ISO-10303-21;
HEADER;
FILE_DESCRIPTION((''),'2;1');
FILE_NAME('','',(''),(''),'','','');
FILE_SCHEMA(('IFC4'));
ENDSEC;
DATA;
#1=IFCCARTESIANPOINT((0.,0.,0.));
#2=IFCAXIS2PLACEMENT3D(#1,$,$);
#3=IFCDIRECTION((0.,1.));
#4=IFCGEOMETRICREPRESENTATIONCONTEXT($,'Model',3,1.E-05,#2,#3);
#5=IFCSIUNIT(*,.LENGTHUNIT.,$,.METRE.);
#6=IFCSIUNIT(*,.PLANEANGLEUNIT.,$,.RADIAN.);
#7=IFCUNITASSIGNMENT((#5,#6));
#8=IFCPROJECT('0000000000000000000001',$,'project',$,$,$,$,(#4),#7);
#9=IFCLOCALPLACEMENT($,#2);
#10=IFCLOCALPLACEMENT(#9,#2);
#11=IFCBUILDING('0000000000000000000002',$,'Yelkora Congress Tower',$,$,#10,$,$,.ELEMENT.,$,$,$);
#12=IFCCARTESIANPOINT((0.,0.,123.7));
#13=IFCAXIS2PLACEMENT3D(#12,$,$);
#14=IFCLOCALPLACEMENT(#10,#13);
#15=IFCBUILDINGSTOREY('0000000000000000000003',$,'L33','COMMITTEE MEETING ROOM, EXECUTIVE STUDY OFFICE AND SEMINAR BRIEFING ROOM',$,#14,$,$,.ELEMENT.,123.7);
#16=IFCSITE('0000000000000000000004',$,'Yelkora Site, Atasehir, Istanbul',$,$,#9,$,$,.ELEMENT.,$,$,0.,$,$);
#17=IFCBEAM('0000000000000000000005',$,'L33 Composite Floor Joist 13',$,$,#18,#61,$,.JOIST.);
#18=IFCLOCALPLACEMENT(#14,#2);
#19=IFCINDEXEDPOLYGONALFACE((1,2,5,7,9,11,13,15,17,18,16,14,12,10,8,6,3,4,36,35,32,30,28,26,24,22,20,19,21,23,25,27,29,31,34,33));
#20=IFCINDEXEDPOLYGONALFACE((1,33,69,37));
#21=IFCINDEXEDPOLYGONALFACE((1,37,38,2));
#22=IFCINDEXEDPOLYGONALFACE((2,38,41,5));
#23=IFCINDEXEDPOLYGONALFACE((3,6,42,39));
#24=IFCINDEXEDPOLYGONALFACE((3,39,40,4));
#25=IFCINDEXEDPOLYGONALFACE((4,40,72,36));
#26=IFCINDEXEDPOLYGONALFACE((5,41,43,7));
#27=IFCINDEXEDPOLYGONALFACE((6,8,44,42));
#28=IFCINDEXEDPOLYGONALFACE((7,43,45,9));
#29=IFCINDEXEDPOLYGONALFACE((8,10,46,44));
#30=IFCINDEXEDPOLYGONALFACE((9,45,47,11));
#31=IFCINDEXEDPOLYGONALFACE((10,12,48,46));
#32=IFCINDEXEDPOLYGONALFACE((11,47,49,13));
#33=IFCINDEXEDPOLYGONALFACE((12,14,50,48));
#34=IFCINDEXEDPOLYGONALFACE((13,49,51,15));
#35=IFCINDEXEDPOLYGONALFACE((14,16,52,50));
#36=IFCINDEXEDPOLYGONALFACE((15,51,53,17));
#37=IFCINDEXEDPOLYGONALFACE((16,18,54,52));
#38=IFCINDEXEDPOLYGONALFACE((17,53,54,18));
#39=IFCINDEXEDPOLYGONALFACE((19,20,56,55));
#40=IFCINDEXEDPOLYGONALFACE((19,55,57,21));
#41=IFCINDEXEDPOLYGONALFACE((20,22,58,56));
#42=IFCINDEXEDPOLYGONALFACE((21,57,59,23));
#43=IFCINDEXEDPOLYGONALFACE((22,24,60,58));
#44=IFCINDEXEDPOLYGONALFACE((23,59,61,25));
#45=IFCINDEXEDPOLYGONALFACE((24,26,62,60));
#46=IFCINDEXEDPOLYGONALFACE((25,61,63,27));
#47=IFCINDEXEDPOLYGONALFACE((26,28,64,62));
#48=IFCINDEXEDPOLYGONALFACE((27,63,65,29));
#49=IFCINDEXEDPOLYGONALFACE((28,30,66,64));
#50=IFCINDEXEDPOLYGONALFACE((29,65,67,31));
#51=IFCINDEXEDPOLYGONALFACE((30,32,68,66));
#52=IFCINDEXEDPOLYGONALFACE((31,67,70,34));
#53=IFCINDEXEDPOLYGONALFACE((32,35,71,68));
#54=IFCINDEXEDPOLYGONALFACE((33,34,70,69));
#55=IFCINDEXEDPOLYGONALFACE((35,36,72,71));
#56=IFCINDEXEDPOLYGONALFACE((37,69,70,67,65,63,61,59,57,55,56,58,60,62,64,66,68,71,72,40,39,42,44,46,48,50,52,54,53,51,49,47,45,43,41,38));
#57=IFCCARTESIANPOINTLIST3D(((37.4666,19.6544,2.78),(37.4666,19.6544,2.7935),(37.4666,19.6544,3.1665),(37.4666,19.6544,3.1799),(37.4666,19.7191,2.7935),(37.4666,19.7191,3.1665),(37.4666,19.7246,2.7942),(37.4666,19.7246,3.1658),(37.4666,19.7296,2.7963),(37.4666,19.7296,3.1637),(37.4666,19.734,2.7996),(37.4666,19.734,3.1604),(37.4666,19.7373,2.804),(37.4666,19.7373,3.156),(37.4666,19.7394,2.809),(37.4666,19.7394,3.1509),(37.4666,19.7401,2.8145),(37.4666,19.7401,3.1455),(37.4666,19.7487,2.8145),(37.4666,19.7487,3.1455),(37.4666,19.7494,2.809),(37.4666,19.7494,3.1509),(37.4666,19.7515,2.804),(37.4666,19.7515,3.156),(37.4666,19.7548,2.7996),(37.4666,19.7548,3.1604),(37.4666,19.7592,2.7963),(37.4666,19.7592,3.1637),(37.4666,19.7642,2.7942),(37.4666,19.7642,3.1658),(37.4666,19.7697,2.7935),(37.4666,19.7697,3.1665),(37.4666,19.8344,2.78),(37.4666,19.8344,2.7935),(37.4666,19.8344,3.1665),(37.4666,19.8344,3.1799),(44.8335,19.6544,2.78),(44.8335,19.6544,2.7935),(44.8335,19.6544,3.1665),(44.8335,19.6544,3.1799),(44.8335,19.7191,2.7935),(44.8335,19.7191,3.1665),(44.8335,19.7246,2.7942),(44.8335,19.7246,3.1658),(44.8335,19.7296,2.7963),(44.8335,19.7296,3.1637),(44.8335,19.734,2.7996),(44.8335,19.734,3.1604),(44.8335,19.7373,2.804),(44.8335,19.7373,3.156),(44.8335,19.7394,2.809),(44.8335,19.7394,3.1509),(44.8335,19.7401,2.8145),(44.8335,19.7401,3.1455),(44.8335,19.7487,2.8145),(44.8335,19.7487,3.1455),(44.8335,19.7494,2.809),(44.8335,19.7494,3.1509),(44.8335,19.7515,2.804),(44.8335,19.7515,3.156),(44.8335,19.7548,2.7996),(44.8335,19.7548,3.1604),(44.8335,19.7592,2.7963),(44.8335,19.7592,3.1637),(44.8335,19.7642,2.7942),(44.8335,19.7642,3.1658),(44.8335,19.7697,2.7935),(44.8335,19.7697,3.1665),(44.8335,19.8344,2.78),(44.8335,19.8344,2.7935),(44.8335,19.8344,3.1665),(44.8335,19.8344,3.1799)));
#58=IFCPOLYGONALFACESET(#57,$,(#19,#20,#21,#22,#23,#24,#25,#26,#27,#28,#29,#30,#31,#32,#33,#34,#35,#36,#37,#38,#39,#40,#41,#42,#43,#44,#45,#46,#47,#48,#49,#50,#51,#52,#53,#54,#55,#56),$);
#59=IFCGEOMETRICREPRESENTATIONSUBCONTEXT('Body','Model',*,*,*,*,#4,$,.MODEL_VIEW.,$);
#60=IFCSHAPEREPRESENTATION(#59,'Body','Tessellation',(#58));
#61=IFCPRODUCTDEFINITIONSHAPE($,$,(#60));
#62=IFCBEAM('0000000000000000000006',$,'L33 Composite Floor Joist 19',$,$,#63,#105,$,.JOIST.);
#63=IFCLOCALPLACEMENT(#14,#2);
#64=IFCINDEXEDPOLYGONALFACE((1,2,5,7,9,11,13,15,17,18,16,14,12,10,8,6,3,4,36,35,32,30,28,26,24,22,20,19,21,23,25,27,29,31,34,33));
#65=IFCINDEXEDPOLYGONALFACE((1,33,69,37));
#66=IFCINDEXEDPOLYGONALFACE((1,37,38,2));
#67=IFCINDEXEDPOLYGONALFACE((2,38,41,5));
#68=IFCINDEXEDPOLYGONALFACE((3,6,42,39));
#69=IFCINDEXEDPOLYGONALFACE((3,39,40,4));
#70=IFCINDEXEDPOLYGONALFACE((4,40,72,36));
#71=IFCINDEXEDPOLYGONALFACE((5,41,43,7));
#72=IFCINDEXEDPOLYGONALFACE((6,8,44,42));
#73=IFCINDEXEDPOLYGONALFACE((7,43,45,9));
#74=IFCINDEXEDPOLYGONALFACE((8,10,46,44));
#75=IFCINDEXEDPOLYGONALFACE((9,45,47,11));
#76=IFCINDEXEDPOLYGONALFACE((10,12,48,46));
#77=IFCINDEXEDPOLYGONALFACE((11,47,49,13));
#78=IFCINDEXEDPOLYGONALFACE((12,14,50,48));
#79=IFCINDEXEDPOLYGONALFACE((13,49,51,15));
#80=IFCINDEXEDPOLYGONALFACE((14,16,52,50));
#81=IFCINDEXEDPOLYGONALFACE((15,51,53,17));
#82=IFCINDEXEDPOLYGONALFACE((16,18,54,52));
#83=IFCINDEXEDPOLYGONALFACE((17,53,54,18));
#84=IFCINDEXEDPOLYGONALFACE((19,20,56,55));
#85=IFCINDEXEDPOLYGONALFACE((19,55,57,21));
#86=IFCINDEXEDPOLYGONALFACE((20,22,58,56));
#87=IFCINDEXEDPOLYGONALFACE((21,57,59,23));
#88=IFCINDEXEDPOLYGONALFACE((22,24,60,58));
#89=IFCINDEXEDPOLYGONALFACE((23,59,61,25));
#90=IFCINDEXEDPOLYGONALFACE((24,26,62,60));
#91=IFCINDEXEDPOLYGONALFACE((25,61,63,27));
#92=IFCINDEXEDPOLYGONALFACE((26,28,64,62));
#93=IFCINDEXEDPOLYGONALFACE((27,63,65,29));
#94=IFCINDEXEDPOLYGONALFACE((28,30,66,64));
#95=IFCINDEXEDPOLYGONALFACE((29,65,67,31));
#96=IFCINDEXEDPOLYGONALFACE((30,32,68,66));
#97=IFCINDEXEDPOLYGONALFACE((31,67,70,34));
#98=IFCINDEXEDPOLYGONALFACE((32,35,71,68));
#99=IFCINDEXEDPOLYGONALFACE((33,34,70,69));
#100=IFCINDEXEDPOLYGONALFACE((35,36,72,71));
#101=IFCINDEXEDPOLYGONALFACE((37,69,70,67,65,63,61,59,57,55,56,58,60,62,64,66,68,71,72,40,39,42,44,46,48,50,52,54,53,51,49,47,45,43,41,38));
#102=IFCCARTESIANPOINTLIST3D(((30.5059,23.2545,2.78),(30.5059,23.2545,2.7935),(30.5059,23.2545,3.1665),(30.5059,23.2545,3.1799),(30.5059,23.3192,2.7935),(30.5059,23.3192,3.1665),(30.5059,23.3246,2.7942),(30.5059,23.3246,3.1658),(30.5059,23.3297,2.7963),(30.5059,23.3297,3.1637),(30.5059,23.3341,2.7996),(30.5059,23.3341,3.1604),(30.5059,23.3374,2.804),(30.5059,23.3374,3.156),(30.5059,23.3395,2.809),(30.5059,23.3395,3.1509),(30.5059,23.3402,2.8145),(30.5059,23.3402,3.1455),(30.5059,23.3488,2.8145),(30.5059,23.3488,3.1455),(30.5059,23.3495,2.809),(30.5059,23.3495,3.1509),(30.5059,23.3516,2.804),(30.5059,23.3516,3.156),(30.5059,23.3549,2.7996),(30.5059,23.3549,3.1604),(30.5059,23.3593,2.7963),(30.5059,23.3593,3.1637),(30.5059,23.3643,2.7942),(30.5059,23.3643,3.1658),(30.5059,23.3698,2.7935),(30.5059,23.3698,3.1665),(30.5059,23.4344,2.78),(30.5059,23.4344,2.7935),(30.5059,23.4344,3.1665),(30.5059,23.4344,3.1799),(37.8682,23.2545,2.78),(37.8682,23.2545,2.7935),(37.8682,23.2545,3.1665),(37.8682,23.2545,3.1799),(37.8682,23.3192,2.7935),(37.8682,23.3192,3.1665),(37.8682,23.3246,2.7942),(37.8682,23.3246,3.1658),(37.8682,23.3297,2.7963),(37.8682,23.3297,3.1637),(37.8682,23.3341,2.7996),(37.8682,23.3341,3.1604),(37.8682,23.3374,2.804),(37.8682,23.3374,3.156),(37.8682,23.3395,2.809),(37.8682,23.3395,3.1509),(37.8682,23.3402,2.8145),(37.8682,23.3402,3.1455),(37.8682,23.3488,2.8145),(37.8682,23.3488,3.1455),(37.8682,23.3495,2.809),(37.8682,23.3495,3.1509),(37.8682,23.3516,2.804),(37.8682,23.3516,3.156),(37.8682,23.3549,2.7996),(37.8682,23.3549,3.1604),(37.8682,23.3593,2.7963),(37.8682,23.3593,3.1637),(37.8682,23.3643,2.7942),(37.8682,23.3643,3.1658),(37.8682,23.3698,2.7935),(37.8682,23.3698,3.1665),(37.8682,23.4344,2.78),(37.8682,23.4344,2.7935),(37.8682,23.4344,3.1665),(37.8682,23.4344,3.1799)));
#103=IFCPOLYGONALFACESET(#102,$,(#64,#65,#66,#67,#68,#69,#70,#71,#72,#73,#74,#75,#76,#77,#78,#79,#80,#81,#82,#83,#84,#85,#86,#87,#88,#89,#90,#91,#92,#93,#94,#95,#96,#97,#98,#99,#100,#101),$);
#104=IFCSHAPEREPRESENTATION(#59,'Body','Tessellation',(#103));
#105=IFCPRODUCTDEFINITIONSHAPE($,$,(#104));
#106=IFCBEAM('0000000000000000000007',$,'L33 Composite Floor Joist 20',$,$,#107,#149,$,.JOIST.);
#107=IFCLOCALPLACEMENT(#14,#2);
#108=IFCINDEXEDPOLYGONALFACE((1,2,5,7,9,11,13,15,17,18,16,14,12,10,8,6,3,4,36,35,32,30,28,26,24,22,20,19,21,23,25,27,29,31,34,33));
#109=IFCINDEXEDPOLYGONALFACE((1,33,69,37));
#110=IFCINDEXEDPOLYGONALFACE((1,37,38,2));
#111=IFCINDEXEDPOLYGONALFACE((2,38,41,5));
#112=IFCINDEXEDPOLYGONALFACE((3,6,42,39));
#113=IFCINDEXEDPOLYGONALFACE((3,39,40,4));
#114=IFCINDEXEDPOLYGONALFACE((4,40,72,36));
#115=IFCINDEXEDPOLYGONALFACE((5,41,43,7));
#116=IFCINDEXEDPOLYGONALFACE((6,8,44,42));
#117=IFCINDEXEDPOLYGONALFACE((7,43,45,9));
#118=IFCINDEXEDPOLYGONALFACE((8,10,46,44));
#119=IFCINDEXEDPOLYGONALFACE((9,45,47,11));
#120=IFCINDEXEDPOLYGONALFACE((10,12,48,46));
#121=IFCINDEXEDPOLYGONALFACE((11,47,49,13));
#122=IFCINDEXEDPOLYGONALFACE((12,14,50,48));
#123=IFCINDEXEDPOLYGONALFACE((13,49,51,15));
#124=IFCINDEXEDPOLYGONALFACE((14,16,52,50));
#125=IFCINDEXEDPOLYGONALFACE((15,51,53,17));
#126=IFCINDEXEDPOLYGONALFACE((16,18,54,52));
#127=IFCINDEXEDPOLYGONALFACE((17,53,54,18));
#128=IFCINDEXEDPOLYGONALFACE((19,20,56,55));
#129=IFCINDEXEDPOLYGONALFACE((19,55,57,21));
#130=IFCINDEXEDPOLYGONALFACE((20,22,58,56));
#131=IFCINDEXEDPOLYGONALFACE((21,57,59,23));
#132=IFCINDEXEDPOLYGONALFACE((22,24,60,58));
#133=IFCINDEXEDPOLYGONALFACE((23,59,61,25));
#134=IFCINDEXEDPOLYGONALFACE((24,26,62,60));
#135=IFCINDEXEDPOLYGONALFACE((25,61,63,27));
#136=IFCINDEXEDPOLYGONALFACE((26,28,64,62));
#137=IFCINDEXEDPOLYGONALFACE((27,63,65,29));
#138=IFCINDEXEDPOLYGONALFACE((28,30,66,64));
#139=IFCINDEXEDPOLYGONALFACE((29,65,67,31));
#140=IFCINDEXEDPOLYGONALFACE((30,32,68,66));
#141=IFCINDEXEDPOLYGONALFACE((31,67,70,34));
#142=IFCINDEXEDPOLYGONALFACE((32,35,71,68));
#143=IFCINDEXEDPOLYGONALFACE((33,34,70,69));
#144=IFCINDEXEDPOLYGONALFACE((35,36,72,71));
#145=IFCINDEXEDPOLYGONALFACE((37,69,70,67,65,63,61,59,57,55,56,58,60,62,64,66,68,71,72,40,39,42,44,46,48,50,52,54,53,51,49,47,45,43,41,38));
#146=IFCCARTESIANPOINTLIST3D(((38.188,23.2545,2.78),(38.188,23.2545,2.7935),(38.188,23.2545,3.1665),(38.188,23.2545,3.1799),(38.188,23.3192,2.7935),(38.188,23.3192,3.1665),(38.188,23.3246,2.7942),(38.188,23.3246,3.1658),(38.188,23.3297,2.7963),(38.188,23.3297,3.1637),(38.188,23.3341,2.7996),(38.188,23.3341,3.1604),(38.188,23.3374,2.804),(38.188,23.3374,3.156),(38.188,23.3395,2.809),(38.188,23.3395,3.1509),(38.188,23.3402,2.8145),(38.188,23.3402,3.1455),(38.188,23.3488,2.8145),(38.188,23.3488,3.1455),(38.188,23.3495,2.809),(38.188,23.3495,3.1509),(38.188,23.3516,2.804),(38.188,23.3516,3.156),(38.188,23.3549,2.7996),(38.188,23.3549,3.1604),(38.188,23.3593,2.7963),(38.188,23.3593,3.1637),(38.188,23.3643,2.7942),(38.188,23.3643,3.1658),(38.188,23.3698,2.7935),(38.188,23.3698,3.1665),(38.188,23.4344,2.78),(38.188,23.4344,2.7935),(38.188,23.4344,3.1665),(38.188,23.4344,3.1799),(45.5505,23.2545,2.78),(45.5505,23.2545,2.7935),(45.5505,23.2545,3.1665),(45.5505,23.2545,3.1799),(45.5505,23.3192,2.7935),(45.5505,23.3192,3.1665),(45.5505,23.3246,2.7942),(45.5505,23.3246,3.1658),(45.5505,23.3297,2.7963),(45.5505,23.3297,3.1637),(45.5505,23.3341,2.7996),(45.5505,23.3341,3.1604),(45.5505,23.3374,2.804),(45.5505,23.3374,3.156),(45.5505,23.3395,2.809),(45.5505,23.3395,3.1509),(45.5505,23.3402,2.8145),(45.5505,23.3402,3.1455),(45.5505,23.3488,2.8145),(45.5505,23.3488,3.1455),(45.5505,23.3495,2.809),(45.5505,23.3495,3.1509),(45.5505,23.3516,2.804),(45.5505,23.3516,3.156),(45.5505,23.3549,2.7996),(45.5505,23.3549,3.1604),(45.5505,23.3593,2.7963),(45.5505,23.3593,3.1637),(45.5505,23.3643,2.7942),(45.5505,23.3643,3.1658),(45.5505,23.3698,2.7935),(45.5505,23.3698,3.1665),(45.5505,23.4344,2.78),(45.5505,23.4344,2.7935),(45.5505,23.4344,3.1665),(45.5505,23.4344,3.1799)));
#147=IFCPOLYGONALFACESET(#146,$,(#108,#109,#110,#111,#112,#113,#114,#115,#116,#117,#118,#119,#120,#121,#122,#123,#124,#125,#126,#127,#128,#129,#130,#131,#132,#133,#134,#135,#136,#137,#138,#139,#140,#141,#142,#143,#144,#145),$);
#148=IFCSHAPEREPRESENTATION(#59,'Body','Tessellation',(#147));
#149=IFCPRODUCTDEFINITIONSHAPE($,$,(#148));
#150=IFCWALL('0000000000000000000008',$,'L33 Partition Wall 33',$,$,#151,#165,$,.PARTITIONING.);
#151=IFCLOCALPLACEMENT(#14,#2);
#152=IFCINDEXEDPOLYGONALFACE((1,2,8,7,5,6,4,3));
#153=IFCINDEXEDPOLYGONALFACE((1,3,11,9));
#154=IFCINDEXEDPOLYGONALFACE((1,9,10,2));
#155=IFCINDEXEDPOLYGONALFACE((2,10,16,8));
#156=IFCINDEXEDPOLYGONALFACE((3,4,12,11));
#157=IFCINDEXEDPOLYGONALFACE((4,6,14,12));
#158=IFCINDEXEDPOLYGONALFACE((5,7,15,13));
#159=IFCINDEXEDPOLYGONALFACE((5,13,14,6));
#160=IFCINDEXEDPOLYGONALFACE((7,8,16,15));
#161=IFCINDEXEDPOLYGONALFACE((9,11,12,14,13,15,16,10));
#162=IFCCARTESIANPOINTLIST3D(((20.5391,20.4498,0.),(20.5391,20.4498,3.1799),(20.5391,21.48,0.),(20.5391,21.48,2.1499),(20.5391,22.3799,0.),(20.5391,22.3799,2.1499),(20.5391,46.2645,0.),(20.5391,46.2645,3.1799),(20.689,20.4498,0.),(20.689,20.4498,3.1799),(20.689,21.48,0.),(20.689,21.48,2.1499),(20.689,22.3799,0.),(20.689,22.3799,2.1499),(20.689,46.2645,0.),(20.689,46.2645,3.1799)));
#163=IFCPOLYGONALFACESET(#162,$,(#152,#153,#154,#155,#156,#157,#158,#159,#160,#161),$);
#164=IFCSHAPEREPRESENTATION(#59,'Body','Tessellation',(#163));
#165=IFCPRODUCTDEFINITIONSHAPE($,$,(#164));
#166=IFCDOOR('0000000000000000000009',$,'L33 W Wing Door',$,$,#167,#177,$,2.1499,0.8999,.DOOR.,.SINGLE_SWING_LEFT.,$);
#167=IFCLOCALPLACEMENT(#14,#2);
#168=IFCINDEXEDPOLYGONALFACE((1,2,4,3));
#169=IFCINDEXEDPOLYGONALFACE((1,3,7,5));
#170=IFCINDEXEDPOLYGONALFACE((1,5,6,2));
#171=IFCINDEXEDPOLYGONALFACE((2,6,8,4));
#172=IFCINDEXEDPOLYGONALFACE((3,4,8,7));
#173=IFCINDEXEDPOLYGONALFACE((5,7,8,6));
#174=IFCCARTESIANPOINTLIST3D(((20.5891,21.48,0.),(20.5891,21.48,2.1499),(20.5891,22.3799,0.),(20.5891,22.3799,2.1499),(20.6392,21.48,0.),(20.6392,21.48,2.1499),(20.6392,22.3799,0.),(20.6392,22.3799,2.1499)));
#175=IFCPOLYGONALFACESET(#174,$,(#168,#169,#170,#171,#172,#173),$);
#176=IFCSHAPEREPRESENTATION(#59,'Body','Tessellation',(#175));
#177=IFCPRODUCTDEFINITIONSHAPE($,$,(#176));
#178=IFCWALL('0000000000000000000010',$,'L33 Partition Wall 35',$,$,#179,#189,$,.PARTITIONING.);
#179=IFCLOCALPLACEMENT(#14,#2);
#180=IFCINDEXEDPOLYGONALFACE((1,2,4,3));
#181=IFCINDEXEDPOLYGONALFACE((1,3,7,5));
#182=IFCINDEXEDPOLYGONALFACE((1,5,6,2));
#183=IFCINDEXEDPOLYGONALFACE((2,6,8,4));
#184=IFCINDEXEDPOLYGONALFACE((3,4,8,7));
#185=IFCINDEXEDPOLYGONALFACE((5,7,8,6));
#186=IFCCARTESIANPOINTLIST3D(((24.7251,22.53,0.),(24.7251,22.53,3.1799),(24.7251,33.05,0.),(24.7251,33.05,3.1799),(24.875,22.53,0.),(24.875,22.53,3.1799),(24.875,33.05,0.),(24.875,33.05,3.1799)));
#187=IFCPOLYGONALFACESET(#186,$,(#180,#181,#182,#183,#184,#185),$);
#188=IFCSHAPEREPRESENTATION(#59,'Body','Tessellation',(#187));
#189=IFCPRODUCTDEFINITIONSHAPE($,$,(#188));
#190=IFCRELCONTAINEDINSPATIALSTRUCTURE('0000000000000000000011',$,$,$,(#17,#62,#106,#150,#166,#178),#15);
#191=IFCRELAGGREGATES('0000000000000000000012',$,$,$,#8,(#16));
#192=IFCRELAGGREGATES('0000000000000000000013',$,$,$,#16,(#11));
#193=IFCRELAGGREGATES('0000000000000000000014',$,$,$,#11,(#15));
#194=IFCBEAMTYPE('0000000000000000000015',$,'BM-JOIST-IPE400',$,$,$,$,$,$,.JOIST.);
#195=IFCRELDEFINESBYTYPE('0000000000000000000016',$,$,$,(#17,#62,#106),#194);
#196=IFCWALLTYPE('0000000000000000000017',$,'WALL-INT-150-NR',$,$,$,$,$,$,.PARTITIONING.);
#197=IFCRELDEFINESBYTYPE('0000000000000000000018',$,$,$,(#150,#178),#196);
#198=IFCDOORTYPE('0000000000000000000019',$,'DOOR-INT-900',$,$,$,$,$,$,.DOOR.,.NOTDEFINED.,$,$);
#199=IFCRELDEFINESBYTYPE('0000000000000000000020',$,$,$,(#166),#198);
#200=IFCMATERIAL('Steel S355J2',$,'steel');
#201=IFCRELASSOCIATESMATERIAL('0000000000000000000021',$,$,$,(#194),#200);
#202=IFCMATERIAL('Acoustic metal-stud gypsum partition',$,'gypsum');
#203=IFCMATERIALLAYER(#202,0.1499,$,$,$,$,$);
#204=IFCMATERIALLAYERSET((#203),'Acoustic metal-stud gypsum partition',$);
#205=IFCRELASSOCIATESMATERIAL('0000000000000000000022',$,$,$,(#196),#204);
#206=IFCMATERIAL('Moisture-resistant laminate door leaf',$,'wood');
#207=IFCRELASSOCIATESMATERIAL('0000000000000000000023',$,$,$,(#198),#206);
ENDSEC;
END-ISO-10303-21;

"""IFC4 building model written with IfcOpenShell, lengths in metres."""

from ifc_helpers import new_model, si_unit, direction, frame, frame_2d, origin, origin_2d, place, context, subcontext, project, spatial, rectangle, i_section, extrude, material, layer, layer_set, material_profile, profile_set, type_object, element, fill, save


model = new_model("IFC4")

# Units and contexts
model_context = context("Model", 3, precision=1e-05, world=origin(), true_north=direction((0.0, 1.0)))
body_context = subcontext(model_context, "Body", "Model", "MODEL_VIEW")
ifc_project = project(units=[si_unit("LENGTHUNIT", "METRE"), si_unit("PLANEANGLEUNIT", "RADIAN")], contexts=[model_context])

# Site, building, storey
site_placement = place(None, origin())
site = spatial("IfcSite", under=ifc_project, at=site_placement, Name="Yelkora Site, Atasehir, Istanbul", CompositionType="ELEMENT", RefElevation=0.0)
building_placement = place(site_placement, origin())
building = spatial("IfcBuilding", under=site, at=building_placement, Name="Yelkora Congress Tower", CompositionType="ELEMENT")
storey_placement = place(building_placement, frame((0.0, 0.0, 123.7)))
storey = spatial("IfcBuildingStorey", under=building, at=storey_placement, Name="L33", Description="COMMITTEE MEETING ROOM, EXECUTIVE STUDY OFFICE AND SEMINAR BRIEFING ROOM", CompositionType="ELEMENT", Elevation=123.7)

# Beams
ifc_material_1 = material(Name="Steel S355J2", Category="steel")
ifc_material_profile_1 = material_profile(ifc_material_1, i_section(OverallWidth=0.1799, OverallDepth=0.3999, WebThickness=0.0085, FlangeThickness=0.0134, FilletRadius=0.021, at=origin_2d()), Name="IPE 400")
ifc_profile_set_1 = profile_set([ifc_material_profile_1], Name="Steel S355J2")
beam_type_1 = type_object("IfcBeamType", Name="BM-JOIST-IPE400", PredefinedType="JOIST", material=ifc_profile_set_1)
beam_1_placement = place(storey_placement, frame((37.4666, 19.7444, 2.98), z_axis=(1.0, 0.0, 0.0), x_axis=(0.0, 1.0, 0.0)))
element("IfcBeam", 1, at=beam_1_placement, inside=storey, type_object=beam_type_1, Name="L33 Composite Floor Joist 13", PredefinedType="JOIST", context=body_context, shape_type="SweptSolid", body=[
    extrude(i_section(OverallWidth=0.1799, OverallDepth=0.3999, WebThickness=0.0085, FlangeThickness=0.0134, FilletRadius=0.021, at=origin_2d()), origin(), (0.0, 0.0, 1.0), 7.3669),
])
beam_2_placement = place(storey_placement, frame((30.5059, 23.3445, 2.98), z_axis=(1.0, 0.0, 0.0), x_axis=(0.0, 1.0, 0.0)))
element("IfcBeam", 2, at=beam_2_placement, inside=storey, type_object=beam_type_1, Name="L33 Composite Floor Joist 19", PredefinedType="JOIST", context=body_context, shape_type="SweptSolid", body=[
    extrude(i_section(OverallWidth=0.1799, OverallDepth=0.3999, WebThickness=0.0085, FlangeThickness=0.0134, FilletRadius=0.021, at=origin_2d()), origin(), (0.0, 0.0, 1.0), 7.3623),
])
beam_3_placement = place(storey_placement, frame((38.188, 23.3445, 2.98), z_axis=(1.0, 0.0, 0.0), x_axis=(0.0, 1.0, 0.0)))
element("IfcBeam", 3, at=beam_3_placement, inside=storey, type_object=beam_type_1, Name="L33 Composite Floor Joist 20", PredefinedType="JOIST", context=body_context, shape_type="SweptSolid", body=[
    extrude(i_section(OverallWidth=0.1799, OverallDepth=0.3999, WebThickness=0.0085, FlangeThickness=0.0134, FilletRadius=0.021, at=origin_2d()), origin(), (0.0, 0.0, 1.0), 7.3625),
])

# Wall, opening, door
ifc_material_2 = material(Name="Acoustic metal-stud gypsum partition", Category="gypsum")
ifc_layer = layer(ifc_material_2, 0.1499)
ifc_layer_set = layer_set([ifc_layer], Name="Acoustic metal-stud gypsum partition")
wall_type = type_object("IfcWallType", Name="WALL-INT-150-NR", PredefinedType="PARTITIONING", material=ifc_layer_set)
wall_1_placement = place(storey_placement, frame((20.614, 20.45, 0.0), z_axis=(0.0, 0.0, 1.0), x_axis=(0.0, 1.0, 0.0)))
wall_1 = element("IfcWall", 4, at=wall_1_placement, inside=storey, type_object=wall_type, Name="L33 Partition Wall 33", PredefinedType="PARTITIONING", context=body_context, shape_type="SweptSolid", body=[
    extrude(rectangle(XDim=25.8147, YDim=0.1499, at=frame_2d((12.9072, 0.0))), origin(), (0.0, 0.0, 1.0), 3.1799),
])
opening_1_placement = place(wall_1_placement, frame((1.03, 0.0, 0.0)))
opening_1 = element("IfcOpeningElement", 5, at=opening_1_placement, cuts=wall_1, PredefinedType="OPENING", context=body_context, shape_type="SweptSolid", body=[
    extrude(rectangle(XDim=0.8999, YDim=2.1499, at=frame_2d((0.45, 1.075))), frame((0.0, 0.085, 0.0), z_axis=(0.0, -1.0, 0.0), x_axis=(1.0, 0.0, 0.0)), (0.0, 0.0, 1.0), 0.1699),
])
ifc_material_3 = material(Name="Moisture-resistant laminate door leaf", Category="wood")
door_type = type_object("IfcDoorType", Name="DOOR-INT-900", OperationType="NOTDEFINED", PredefinedType="DOOR", material=ifc_material_3)
door_1_placement = place(opening_1_placement, origin())
door_1 = element("IfcDoor", 6, at=door_1_placement, inside=storey, type_object=door_type, Name="L33 W Wing Door", OperationType="SINGLE_SWING_LEFT", OverallHeight=2.1499, OverallWidth=0.8999, PredefinedType="DOOR", context=body_context, shape_type="SweptSolid", body=[
    extrude(rectangle(XDim=0.8999, YDim=2.1499, at=frame_2d((0.45, 1.075))), frame((0.0, 0.0249, 0.0), z_axis=(0.0, -1.0, 0.0), x_axis=(1.0, 0.0, 0.0)), (0.0, 0.0, 1.0), 0.05),
])
fill(opening_1, door_1)

# Wall
for number, where, z_axis, x_axis, name in (
    (7, (24.8, 22.53, 0.0), (0.0, 0.0, 1.0), (0.0, 1.0, 0.0), "L33 Partition Wall 35"),
):
    element("IfcWall", number, at=place(storey_placement, frame(where, z_axis=z_axis, x_axis=x_axis)), inside=storey, type_object=wall_type, Name=name, PredefinedType="PARTITIONING", context=body_context, shape_type="SweptSolid", body=[
        extrude(rectangle(XDim=10.52, YDim=0.1499, at=frame_2d((5.26, 0.0))), origin(), (0.0, 0.0, 1.0), 3.1799),
    ])

save(model, "model.ifc")
